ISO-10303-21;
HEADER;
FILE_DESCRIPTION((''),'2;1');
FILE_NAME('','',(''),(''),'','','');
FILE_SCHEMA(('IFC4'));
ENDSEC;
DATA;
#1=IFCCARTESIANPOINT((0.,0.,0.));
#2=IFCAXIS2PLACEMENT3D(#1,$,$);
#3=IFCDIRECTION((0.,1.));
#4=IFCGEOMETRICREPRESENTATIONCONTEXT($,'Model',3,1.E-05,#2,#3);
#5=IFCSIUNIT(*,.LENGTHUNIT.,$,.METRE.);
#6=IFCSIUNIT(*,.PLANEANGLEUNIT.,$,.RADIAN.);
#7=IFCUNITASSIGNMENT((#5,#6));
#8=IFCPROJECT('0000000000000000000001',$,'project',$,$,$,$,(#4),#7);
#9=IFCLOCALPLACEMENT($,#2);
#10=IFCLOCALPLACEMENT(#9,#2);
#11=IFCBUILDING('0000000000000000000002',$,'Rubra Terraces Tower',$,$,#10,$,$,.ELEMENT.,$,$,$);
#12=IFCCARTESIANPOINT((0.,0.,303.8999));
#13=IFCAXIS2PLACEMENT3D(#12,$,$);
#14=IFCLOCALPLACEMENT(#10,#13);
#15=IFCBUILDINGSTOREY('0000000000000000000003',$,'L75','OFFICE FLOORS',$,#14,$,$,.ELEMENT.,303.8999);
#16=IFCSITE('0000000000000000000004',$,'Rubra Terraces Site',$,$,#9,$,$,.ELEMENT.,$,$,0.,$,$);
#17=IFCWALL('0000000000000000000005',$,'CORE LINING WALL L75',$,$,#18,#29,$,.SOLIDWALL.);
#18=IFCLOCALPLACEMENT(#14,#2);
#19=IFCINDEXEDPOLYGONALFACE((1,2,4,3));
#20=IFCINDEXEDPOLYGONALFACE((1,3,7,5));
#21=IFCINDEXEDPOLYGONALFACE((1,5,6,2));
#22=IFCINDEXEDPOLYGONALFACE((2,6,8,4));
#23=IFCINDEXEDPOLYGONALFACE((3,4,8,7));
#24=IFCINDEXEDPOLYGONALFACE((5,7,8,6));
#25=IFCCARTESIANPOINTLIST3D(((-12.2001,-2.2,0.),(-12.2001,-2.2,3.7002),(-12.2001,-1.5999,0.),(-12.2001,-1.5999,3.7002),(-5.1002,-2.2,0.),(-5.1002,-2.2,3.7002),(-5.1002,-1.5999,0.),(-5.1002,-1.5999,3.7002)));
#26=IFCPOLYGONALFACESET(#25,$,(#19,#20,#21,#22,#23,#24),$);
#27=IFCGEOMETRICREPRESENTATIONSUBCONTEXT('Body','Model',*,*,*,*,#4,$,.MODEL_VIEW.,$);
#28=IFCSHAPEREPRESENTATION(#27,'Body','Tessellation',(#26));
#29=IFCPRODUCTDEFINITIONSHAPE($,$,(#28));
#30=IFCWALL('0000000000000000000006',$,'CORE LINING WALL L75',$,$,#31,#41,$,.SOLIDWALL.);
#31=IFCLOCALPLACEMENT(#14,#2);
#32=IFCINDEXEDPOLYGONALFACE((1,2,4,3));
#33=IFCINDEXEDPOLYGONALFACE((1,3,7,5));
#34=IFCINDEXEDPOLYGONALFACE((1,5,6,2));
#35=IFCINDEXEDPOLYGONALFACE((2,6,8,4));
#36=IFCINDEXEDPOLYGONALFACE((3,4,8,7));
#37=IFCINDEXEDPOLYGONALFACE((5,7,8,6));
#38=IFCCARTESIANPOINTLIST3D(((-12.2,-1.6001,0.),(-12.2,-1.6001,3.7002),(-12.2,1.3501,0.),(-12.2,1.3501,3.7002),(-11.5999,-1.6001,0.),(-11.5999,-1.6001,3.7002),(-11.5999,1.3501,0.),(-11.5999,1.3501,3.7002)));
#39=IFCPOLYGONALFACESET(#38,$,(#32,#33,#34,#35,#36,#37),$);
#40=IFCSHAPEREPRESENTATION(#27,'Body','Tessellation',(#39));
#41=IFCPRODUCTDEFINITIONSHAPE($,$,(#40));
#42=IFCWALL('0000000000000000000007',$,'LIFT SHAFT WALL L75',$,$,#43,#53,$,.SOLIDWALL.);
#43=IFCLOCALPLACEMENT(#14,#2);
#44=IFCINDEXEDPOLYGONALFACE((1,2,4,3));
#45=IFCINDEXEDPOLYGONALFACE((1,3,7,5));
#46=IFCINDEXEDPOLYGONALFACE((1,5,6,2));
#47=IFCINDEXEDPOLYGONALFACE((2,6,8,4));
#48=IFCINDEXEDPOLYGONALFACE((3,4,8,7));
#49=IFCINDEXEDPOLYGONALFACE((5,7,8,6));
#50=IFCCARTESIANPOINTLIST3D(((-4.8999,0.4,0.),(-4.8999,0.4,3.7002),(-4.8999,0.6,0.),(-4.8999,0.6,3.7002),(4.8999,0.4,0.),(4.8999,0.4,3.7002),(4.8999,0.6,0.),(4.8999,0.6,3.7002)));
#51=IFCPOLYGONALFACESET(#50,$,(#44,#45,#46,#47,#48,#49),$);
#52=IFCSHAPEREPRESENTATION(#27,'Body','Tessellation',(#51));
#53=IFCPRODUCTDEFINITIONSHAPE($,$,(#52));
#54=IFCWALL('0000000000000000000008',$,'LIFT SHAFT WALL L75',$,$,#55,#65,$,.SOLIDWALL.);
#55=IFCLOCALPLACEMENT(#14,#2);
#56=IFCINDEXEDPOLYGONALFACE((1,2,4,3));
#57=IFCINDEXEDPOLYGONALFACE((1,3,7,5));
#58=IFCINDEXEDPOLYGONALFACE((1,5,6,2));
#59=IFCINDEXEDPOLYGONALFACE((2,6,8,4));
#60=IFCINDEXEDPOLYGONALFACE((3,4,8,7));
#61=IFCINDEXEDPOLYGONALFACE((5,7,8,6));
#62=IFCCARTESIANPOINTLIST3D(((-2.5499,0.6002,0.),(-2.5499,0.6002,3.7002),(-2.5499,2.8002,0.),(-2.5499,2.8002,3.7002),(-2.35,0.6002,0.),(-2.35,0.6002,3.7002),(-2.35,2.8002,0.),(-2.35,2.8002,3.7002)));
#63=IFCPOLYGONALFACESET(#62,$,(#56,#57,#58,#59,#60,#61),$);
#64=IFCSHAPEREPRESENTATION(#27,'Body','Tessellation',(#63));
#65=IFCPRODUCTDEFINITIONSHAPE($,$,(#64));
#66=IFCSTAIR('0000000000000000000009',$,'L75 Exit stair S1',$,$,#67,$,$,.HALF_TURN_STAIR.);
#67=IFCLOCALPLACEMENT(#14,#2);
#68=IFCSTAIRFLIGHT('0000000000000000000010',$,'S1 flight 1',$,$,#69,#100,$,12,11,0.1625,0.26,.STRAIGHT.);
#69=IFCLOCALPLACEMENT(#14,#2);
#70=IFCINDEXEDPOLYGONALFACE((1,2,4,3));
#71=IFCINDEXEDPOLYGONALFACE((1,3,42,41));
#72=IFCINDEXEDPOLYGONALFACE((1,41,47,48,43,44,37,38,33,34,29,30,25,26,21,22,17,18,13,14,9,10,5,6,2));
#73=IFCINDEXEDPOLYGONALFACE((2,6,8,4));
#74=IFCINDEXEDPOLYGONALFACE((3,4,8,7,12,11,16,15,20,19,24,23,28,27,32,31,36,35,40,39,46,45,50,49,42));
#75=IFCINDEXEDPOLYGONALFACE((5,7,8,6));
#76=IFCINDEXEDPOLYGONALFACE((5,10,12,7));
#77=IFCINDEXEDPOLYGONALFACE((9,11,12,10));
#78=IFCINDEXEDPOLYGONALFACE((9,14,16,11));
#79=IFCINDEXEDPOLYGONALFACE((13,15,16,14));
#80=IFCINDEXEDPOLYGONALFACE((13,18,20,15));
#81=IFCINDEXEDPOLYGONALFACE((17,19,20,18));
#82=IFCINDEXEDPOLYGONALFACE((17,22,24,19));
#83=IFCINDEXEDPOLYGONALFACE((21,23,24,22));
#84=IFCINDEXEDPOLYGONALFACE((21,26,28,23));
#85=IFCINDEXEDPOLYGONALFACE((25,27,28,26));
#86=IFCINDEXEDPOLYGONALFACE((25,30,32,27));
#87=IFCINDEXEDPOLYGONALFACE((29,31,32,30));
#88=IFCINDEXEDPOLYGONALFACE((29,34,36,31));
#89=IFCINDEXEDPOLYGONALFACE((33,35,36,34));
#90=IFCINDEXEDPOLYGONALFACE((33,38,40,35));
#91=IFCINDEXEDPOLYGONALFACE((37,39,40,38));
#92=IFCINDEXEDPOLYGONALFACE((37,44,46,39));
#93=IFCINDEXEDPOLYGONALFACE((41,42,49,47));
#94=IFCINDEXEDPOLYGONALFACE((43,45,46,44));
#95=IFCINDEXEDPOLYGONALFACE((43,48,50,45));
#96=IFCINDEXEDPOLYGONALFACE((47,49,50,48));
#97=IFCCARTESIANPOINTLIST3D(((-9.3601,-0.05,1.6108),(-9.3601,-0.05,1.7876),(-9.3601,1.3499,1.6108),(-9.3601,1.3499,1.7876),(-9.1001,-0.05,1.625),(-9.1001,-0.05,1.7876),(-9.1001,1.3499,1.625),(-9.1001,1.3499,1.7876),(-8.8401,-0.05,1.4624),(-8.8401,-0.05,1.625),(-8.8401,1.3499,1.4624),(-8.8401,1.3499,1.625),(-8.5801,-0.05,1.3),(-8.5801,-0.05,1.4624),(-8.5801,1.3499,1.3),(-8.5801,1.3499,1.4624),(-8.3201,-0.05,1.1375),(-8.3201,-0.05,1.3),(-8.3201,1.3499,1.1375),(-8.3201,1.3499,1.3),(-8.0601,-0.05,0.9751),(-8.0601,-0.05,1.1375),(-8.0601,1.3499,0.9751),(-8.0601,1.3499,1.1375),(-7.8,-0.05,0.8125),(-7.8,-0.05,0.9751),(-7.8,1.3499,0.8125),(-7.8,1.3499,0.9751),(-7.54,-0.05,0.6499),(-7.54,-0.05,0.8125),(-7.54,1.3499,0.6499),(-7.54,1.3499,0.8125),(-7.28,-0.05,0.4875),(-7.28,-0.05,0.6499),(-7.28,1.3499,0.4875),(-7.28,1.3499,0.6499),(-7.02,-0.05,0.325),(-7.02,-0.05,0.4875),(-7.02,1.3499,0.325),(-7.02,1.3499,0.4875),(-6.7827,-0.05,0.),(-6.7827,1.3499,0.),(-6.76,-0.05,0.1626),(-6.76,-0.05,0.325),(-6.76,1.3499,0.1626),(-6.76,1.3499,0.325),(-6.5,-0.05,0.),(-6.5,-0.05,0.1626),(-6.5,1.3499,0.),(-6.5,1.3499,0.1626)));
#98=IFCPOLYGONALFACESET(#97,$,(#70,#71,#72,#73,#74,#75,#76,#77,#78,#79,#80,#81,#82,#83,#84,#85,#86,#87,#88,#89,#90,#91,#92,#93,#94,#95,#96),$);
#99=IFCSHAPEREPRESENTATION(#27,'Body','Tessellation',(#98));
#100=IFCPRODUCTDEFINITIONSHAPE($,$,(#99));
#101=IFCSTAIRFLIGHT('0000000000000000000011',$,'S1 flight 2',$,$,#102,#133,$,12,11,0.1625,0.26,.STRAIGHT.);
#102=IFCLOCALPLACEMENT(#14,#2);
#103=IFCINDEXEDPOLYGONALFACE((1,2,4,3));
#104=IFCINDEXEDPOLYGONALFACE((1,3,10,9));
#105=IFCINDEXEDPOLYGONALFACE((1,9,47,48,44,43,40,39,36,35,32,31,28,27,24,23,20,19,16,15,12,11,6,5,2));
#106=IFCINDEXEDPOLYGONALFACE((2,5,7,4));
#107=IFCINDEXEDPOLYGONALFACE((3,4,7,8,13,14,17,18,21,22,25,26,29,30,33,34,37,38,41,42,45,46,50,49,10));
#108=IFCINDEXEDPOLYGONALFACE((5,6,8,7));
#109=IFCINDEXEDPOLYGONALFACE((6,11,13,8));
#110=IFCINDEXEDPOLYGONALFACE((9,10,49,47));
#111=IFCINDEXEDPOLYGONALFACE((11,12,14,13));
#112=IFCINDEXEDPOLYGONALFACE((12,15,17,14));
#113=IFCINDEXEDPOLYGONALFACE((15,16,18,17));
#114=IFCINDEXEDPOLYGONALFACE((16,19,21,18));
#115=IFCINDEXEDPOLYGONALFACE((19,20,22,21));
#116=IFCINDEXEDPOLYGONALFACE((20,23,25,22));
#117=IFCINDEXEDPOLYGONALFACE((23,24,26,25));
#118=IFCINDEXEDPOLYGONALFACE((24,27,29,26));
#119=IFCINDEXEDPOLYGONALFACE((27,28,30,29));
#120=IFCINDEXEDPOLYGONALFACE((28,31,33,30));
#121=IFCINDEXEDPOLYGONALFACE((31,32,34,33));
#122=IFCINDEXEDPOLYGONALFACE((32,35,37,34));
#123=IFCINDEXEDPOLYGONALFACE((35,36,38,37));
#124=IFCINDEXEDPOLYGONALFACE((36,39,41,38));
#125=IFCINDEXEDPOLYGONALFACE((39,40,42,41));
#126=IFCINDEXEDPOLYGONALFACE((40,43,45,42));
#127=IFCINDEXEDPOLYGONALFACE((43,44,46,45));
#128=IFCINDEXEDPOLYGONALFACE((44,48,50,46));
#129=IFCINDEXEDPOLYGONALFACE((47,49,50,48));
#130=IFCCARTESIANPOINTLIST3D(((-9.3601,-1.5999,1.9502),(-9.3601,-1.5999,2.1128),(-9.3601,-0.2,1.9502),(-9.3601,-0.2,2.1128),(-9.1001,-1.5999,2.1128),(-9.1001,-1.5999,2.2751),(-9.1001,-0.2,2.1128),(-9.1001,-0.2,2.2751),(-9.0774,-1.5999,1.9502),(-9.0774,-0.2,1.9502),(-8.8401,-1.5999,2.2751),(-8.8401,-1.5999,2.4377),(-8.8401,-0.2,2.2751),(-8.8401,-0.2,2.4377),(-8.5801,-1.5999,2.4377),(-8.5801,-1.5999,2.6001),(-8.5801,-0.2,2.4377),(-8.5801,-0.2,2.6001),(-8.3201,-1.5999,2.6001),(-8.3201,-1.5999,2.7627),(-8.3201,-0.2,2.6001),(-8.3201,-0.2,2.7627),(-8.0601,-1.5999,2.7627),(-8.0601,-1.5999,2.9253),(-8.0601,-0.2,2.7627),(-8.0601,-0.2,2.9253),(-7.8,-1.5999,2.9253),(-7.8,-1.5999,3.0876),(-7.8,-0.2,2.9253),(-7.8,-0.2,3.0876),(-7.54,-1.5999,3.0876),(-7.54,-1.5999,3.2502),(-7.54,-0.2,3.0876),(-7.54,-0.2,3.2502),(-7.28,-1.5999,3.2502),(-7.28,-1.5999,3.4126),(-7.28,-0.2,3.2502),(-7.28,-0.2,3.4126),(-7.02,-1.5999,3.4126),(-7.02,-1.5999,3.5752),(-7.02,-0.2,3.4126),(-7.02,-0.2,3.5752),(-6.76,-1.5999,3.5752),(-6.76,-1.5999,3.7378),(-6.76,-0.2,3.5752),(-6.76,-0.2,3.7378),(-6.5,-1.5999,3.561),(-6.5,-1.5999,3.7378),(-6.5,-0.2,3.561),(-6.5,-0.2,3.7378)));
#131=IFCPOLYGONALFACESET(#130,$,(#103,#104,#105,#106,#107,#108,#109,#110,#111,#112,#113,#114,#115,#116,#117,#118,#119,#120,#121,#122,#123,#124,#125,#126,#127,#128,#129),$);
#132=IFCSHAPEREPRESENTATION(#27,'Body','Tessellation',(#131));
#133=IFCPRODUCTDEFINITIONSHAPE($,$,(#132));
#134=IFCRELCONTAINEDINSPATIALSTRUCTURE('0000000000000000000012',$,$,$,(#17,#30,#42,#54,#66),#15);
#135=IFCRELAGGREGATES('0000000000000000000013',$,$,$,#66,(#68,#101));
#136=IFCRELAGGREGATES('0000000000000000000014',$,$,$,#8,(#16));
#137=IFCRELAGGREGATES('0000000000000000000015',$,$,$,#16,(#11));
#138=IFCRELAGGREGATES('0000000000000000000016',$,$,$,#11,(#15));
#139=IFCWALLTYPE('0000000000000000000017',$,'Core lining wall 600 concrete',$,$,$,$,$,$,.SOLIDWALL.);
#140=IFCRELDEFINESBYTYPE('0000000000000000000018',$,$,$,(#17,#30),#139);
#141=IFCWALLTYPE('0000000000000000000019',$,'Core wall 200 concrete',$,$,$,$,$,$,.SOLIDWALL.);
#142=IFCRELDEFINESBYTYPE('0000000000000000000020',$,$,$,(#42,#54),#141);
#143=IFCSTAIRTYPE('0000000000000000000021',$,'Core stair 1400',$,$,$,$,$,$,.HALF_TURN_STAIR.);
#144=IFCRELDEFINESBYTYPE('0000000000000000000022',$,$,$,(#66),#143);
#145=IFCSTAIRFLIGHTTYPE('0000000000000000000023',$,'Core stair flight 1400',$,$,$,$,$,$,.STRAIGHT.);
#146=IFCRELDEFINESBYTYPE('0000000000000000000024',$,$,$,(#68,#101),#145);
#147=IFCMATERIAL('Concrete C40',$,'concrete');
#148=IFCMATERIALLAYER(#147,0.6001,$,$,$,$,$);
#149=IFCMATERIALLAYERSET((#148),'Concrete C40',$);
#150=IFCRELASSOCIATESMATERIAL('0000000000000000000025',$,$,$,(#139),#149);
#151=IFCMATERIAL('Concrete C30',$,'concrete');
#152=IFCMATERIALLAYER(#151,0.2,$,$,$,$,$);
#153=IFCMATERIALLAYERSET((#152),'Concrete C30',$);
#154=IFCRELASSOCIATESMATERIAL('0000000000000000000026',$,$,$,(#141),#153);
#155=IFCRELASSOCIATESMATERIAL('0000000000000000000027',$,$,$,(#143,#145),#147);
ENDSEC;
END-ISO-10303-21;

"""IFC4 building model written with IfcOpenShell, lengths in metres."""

from ifc_helpers import new_model, si_unit, direction, frame, frame_2d, origin, place, context, subcontext, project, spatial, polyline, rectangle, outline, extrude, material, layer, layer_set, type_object, element, aggregate, save


model = new_model("IFC4")

# Units and contexts
model_context = context("Model", 3, precision=1e-05, world=origin(), true_north=direction((0.0, 1.0)))
body_context = subcontext(model_context, "Body", "Model", "MODEL_VIEW")
ifc_project = project(units=[si_unit("LENGTHUNIT", "METRE"), si_unit("PLANEANGLEUNIT", "RADIAN")], contexts=[model_context])

# Site, building, storey
site_placement = place(None, origin())
site = spatial("IfcSite", under=ifc_project, at=site_placement, Name="Rubra Terraces Site", CompositionType="ELEMENT", RefElevation=0.0)
building_placement = place(site_placement, origin())
building = spatial("IfcBuilding", under=site, at=building_placement, Name="Rubra Terraces Tower", CompositionType="ELEMENT")
storey_placement = place(building_placement, frame((0.0, 0.0, 303.8999)))
storey = spatial("IfcBuildingStorey", under=building, at=storey_placement, Name="L75", Description="OFFICE FLOORS", CompositionType="ELEMENT", Elevation=303.8999)

# Walls
ifc_material_1 = material(Name="Concrete C40", Category="concrete")
ifc_layer_1 = layer(ifc_material_1, 0.6001)
ifc_layer_set_1 = layer_set([ifc_layer_1], Name="Concrete C40")
wall_type_1 = type_object("IfcWallType", Name="Core lining wall 600 concrete", PredefinedType="SOLIDWALL", material=ifc_layer_set_1)
wall_1_placement = place(storey_placement, frame((-12.2, -1.8999, 0.0), z_axis=(0.0, 0.0, 1.0), x_axis=(1.0, 0.0, 0.0)))
element("IfcWall", 1, at=wall_1_placement, inside=storey, type_object=wall_type_1, Name="CORE LINING WALL L75", PredefinedType="SOLIDWALL", context=body_context, shape_type="SweptSolid", body=[
    extrude(rectangle(XDim=7.0999, YDim=0.6001, at=frame_2d((3.5498, 0.0))), origin(), (0.0, 0.0, 1.0), 3.7002),
])
wall_2_placement = place(storey_placement, frame((-11.8999, -1.6001, 0.0), z_axis=(0.0, 0.0, 1.0), x_axis=(0.0, 1.0, 0.0)))
element("IfcWall", 2, at=wall_2_placement, inside=storey, type_object=wall_type_1, Name="CORE LINING WALL L75", PredefinedType="SOLIDWALL", context=body_context, shape_type="SweptSolid", body=[
    extrude(rectangle(XDim=2.9502, YDim=0.6001, at=frame_2d((1.4751, 0.0))), origin(), (0.0, 0.0, 1.0), 3.7002),
])
ifc_material_2 = material(Name="Concrete C30", Category="concrete")
ifc_layer_2 = layer(ifc_material_2, 0.2)
ifc_layer_set_2 = layer_set([ifc_layer_2], Name="Concrete C30")
wall_type_2 = type_object("IfcWallType", Name="Core wall 200 concrete", PredefinedType="SOLIDWALL", material=ifc_layer_set_2)
wall_3_placement = place(storey_placement, frame((-4.8999, 0.5, 0.0), z_axis=(0.0, 0.0, 1.0), x_axis=(1.0, 0.0, 0.0)))
element("IfcWall", 3, at=wall_3_placement, inside=storey, type_object=wall_type_2, Name="LIFT SHAFT WALL L75", PredefinedType="SOLIDWALL", context=body_context, shape_type="SweptSolid", body=[
    extrude(rectangle(XDim=9.7998, YDim=0.2, at=frame_2d((4.8999, 0.0))), origin(), (0.0, 0.0, 1.0), 3.7002),
])
wall_4_placement = place(storey_placement, frame((-2.45, 0.6001, 0.0), z_axis=(0.0, 0.0, 1.0), x_axis=(0.0, 1.0, 0.0)))
element("IfcWall", 4, at=wall_4_placement, inside=storey, type_object=wall_type_2, Name="LIFT SHAFT WALL L75", PredefinedType="SOLIDWALL", context=body_context, shape_type="SweptSolid", body=[
    extrude(rectangle(XDim=2.2, YDim=0.2, at=frame_2d((1.1001, 0.0))), origin(), (0.0, 0.0, 1.0), 3.7002),
])

# Stair, stair flights
stair_type = type_object("IfcStairType", Name="Core stair 1400", PredefinedType="HALF_TURN_STAIR", material=ifc_material_1)
stair_placement = place(storey_placement, origin())
stair = element("IfcStair", 5, at=stair_placement, inside=storey, type_object=stair_type, Name="L75 Exit stair S1", PredefinedType="HALF_TURN_STAIR")
stair_flight_type = type_object("IfcStairFlightType", Name="Core stair flight 1400", PredefinedType="STRAIGHT", material=ifc_material_1)
stair_flight_1_placement = place(storey_placement, frame((-6.5, 0.6499, 0.0), z_axis=(0.0, 0.0, 1.0), x_axis=(-1.0, 0.0, 0.0)))
stair_flight_1 = element("IfcStairFlight", 6, at=stair_flight_1_placement, type_object=stair_flight_type, Name="S1 flight 1", NumberOfRisers=12, NumberOfTreads=11, PredefinedType="STRAIGHT", RiserHeight=0.1625, TreadLength=0.26, context=body_context, shape_type="SweptSolid", body=[
    extrude(outline(polyline([(0.0, 0.0), (0.0, 0.1626), (0.26, 0.1626), (0.26, 0.325), (0.52, 0.325), (0.52, 0.4875), (0.78, 0.4875), (0.78, 0.6499), (1.04, 0.6499), (1.04, 0.8125), (1.3, 0.8125), (1.3, 0.9751), (1.5601, 0.9751), (1.5601, 1.1375), (1.8201, 1.1375), (1.8201, 1.3), (2.0801, 1.3), (2.0801, 1.4624), (2.3401, 1.4624), (2.3401, 1.625), (2.6001, 1.625), (2.6001, 1.7876), (2.8601, 1.7876), (2.8601, 1.95), (2.8601, 1.6108), (0.2827, 0.0), (0.0, 0.0)])), frame((0.0, 0.7, 0.0), z_axis=(0.0, -1.0, 0.0), x_axis=(1.0, 0.0, 0.0)), (0.0, 0.0, 1.0), 1.3999),
])
stair_flight_2_placement = place(storey_placement, frame((-9.3601, -0.8999, 1.9502), z_axis=(0.0, 0.0, 1.0), x_axis=(1.0, 0.0, 0.0)))
stair_flight_2 = element("IfcStairFlight", 7, at=stair_flight_2_placement, type_object=stair_flight_type, Name="S1 flight 2", NumberOfRisers=12, NumberOfTreads=11, PredefinedType="STRAIGHT", RiserHeight=0.1625, TreadLength=0.26, context=body_context, shape_type="SweptSolid", body=[
    extrude(outline(polyline([(0.0, 0.0), (0.0, 0.1626), (0.26, 0.1626), (0.26, 0.325), (0.52, 0.325), (0.52, 0.4875), (0.78, 0.4875), (0.78, 0.6499), (1.04, 0.6499), (1.04, 0.8125), (1.3, 0.8125), (1.3, 0.9751), (1.5601, 0.9751), (1.5601, 1.1375), (1.8201, 1.1375), (1.8201, 1.3), (2.0801, 1.3), (2.0801, 1.4624), (2.3401, 1.4624), (2.3401, 1.625), (2.6001, 1.625), (2.6001, 1.7876), (2.8601, 1.7876), (2.8601, 1.95), (2.8601, 1.6108), (0.2827, 0.0), (0.0, 0.0)])), frame((0.0, 0.7, 0.0), z_axis=(0.0, -1.0, 0.0), x_axis=(1.0, 0.0, 0.0)), (0.0, 0.0, 1.0), 1.3999),
])
aggregate(stair, [stair_flight_1, stair_flight_2])

save(model, "model.ifc")
